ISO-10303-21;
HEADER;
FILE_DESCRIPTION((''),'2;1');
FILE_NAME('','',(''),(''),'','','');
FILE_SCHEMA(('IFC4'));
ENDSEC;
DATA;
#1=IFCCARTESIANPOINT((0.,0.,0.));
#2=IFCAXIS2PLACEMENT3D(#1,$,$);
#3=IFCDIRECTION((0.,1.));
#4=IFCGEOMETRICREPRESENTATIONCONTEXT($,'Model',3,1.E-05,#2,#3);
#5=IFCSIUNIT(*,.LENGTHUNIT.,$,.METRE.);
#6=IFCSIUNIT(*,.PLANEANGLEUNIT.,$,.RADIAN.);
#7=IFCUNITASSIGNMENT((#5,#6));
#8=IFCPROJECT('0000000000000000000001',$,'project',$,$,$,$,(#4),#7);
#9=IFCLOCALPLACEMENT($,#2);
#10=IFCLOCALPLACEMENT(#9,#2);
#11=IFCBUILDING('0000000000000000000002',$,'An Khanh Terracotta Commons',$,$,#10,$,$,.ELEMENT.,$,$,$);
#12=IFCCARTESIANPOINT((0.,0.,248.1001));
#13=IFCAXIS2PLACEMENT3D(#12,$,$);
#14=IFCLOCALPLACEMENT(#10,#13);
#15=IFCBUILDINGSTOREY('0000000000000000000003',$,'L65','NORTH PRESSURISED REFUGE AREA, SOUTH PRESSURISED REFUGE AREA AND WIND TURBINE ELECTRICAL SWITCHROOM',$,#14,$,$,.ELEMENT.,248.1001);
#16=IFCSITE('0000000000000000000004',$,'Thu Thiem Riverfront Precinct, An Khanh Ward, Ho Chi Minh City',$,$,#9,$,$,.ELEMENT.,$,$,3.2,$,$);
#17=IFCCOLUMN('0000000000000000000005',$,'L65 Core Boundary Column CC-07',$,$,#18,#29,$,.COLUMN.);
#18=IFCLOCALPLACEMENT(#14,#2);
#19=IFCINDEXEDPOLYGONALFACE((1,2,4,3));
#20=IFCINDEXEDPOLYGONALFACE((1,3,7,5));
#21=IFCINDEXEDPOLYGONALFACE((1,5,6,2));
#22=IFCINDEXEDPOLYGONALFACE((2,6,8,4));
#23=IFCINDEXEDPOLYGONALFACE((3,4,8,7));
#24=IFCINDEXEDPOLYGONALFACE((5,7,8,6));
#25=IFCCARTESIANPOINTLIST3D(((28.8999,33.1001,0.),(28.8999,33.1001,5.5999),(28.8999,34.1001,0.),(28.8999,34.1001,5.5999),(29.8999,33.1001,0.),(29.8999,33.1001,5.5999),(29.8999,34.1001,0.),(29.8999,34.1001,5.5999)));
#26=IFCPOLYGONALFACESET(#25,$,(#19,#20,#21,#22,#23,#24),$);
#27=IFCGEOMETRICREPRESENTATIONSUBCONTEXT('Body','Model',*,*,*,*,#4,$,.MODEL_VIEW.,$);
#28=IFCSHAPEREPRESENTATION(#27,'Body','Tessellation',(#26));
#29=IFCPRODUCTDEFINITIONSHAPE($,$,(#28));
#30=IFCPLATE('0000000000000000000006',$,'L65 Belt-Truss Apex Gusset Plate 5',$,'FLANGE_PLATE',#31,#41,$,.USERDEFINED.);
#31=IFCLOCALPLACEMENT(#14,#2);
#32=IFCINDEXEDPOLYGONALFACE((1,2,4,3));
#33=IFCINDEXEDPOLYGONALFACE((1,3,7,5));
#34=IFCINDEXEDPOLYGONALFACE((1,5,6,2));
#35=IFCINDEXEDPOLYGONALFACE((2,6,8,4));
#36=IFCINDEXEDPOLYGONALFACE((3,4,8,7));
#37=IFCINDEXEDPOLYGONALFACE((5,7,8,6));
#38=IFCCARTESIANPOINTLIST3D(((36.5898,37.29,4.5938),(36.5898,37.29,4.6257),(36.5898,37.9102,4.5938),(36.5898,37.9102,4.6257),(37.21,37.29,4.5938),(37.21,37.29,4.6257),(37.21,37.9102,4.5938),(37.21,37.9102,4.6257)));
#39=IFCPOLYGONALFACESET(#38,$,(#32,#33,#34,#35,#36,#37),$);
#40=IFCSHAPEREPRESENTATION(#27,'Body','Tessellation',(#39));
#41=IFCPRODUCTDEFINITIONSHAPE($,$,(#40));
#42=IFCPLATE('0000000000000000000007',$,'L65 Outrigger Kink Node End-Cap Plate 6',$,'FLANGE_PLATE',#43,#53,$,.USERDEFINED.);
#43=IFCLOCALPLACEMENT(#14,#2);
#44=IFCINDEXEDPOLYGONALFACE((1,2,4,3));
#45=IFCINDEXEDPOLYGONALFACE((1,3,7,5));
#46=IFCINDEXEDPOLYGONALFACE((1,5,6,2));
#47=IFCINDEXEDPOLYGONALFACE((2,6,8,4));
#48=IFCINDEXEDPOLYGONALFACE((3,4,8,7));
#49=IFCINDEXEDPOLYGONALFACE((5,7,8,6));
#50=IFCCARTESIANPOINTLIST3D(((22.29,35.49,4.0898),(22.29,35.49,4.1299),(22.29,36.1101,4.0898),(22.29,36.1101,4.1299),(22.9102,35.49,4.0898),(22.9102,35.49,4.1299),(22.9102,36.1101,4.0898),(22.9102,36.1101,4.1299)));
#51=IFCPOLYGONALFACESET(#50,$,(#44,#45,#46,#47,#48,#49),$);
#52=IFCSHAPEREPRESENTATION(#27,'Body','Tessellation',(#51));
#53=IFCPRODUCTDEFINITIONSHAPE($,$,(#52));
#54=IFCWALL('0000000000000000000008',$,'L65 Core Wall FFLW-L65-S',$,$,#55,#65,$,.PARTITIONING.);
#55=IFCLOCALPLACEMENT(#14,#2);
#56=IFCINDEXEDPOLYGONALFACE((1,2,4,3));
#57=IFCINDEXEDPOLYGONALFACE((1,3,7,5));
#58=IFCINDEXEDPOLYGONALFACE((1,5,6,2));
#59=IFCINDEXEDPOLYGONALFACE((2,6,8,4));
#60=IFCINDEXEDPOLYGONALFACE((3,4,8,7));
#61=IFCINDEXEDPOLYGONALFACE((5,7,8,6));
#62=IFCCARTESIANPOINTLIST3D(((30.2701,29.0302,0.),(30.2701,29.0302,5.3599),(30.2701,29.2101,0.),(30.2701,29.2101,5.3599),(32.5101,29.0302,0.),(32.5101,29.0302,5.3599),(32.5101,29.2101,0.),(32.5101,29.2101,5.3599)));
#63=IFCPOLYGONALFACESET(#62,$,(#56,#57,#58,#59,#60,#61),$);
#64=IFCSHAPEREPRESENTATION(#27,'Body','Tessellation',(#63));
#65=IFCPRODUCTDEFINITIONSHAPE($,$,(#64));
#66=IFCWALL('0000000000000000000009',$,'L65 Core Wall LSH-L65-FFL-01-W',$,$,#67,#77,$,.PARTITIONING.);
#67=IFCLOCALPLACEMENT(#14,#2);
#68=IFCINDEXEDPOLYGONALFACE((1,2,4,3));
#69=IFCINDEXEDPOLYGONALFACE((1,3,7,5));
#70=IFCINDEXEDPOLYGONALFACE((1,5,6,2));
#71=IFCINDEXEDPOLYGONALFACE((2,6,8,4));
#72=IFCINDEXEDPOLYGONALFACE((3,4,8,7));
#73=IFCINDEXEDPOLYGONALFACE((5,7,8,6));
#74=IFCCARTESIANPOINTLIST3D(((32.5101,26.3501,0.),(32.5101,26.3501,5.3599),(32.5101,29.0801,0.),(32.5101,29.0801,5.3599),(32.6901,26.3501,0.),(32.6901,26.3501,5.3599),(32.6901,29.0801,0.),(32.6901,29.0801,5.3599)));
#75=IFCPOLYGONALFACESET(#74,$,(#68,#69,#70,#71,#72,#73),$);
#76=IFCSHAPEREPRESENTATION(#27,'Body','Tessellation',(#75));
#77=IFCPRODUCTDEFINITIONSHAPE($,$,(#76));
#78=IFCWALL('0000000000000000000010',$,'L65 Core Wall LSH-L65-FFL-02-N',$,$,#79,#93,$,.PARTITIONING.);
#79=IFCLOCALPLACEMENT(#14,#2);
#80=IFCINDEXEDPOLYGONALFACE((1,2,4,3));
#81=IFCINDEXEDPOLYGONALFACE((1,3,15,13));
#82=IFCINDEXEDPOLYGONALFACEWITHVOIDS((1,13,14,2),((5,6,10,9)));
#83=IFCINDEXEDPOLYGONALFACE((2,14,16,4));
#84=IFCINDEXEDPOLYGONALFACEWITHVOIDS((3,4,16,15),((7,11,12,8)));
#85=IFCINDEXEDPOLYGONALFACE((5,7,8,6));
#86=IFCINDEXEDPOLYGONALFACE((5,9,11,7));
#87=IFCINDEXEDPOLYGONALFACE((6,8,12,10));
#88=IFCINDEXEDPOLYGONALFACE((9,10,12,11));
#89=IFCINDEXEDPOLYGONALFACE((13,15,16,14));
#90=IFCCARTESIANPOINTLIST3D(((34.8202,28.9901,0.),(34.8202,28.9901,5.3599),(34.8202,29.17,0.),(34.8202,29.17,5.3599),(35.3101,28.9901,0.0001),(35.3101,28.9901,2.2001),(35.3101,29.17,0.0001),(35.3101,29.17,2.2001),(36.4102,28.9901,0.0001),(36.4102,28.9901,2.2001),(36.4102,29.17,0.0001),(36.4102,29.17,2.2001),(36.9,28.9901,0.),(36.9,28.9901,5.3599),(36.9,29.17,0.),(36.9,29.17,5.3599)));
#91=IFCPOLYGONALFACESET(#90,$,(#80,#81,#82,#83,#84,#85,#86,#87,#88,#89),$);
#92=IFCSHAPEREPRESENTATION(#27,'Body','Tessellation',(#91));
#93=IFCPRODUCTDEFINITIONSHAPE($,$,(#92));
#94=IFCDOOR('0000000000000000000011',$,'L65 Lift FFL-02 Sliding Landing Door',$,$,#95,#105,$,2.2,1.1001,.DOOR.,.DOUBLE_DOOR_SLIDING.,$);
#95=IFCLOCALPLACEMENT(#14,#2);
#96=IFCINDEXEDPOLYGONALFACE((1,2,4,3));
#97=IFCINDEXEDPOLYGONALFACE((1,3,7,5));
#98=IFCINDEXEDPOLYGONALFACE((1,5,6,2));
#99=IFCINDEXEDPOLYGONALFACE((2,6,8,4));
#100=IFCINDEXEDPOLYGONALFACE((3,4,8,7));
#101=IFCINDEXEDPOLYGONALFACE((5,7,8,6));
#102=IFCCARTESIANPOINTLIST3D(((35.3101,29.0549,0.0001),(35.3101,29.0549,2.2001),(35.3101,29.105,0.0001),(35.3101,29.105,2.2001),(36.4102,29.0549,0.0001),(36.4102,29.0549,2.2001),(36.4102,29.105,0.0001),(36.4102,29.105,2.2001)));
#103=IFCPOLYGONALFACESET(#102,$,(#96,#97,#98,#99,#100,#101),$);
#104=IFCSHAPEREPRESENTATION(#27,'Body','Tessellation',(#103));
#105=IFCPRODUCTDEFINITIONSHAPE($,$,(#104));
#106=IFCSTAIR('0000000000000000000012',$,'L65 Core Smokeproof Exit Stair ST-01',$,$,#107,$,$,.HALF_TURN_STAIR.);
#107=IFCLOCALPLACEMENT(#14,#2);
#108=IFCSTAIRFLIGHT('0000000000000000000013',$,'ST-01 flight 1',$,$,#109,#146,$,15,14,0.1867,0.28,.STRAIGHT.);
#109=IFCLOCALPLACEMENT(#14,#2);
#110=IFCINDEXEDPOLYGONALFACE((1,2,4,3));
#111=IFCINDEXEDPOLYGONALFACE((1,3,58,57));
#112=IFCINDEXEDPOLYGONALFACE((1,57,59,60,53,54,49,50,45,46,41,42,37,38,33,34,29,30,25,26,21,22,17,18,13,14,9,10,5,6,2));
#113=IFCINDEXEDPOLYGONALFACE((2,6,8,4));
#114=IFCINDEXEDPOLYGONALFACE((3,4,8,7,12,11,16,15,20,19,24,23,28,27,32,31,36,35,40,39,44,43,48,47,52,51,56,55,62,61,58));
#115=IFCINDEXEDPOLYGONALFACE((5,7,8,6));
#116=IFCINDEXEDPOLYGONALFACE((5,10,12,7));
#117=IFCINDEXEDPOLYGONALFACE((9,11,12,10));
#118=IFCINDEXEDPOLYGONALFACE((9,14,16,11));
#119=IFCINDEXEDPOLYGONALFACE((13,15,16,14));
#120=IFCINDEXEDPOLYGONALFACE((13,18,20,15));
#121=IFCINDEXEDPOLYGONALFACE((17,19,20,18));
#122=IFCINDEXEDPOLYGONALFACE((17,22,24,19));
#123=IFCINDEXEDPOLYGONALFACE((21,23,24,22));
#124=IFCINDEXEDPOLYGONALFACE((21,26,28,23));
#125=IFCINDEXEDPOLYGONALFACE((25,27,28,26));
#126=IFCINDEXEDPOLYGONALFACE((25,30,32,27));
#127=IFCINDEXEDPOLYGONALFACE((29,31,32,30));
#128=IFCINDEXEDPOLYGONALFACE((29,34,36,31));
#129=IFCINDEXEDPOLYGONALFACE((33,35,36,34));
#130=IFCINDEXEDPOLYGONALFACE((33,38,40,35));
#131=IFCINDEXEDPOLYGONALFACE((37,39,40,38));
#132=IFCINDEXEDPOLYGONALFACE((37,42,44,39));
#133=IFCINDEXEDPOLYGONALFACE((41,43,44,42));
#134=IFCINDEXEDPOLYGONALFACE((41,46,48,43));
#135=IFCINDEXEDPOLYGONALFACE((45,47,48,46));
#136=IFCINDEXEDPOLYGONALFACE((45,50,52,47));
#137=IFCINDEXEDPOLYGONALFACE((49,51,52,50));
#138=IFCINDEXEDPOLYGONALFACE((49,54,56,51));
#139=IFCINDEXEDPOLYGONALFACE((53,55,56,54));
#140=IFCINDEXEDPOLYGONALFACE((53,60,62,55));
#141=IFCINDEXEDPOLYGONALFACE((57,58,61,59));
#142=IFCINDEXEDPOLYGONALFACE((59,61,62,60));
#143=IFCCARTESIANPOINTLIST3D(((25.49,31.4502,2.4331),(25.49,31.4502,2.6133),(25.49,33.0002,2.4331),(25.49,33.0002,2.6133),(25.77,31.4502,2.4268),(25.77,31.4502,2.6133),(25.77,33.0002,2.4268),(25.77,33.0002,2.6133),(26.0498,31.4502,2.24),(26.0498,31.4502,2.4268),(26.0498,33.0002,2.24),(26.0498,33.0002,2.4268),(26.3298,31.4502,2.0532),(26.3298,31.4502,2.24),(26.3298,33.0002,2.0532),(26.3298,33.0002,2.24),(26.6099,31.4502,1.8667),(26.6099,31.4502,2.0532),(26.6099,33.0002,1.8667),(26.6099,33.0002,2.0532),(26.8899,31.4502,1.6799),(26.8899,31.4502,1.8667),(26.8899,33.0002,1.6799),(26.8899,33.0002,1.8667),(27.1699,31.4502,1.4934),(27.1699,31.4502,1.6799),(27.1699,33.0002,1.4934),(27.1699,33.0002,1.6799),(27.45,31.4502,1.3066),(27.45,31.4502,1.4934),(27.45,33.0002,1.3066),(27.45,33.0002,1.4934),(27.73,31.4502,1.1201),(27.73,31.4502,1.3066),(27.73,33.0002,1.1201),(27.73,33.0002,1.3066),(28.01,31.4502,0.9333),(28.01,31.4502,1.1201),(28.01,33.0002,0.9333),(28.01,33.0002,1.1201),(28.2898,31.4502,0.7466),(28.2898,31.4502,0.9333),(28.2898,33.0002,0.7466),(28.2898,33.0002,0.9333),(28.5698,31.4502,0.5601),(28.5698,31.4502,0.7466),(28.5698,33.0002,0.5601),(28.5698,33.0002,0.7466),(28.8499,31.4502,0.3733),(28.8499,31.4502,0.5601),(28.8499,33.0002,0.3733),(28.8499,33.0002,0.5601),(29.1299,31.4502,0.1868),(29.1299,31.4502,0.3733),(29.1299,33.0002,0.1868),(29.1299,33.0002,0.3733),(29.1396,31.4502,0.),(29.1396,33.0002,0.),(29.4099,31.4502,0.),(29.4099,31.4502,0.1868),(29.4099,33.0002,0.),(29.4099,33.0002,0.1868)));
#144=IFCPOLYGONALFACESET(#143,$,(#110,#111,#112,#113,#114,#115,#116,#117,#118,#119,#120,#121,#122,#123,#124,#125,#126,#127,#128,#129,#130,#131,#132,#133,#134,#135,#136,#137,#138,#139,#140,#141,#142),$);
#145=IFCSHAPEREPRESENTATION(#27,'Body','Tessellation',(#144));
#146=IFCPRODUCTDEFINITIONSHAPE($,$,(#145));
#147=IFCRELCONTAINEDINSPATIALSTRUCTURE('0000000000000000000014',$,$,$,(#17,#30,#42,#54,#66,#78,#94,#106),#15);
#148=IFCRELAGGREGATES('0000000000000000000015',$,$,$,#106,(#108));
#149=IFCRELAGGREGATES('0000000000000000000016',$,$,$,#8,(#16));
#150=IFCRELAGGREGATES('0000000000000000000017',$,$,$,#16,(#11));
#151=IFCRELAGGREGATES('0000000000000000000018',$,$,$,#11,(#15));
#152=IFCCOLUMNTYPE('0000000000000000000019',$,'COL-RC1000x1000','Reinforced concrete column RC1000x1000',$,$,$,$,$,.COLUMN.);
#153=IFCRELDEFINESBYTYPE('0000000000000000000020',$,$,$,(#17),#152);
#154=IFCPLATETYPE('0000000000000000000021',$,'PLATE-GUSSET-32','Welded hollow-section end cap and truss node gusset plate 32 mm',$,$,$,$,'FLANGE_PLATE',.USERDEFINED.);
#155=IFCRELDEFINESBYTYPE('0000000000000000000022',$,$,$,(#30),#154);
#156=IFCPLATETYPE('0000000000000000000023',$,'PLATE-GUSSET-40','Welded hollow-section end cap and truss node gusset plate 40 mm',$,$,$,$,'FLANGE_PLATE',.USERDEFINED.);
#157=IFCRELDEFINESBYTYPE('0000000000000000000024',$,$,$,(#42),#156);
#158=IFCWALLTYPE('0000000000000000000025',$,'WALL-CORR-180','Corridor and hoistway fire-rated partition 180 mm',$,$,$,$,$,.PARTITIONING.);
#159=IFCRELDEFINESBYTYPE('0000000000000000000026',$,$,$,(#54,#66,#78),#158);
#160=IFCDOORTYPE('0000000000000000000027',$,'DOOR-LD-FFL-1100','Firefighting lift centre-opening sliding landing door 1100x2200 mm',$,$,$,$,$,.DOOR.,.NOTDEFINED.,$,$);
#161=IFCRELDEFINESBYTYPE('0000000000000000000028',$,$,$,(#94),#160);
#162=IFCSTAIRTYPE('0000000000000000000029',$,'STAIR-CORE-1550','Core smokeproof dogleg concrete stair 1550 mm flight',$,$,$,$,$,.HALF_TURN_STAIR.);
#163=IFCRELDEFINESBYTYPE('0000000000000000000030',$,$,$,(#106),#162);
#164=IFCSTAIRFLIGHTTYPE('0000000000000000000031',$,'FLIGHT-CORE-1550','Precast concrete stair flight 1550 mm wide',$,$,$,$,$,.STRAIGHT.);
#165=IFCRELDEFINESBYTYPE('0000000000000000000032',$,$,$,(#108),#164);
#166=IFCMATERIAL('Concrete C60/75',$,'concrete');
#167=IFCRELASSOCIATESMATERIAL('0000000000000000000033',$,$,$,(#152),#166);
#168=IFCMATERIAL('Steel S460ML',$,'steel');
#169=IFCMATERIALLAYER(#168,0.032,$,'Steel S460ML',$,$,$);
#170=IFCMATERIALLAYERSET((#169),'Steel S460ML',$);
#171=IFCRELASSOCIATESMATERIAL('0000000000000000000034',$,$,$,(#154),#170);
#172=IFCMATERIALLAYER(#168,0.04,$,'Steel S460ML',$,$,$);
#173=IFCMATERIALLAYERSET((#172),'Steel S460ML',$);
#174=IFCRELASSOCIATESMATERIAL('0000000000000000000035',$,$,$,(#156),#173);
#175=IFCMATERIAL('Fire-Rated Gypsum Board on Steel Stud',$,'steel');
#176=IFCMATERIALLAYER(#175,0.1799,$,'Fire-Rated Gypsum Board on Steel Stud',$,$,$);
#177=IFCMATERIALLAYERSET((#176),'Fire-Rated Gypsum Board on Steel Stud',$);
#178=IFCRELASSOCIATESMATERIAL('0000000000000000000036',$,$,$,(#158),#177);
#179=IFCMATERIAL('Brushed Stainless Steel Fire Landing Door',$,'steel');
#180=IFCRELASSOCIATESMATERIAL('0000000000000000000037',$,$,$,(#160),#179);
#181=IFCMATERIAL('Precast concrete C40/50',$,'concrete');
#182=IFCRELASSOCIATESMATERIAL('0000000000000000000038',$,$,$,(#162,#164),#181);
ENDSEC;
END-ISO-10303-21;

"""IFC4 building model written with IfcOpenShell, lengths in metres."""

from ifc_helpers import new_model, si_unit, direction, frame, frame_2d, origin, origin_2d, place, context, subcontext, project, spatial, polyline, rectangle, outline, extrude, material, layer, layer_set, material_profile, profile_set, type_object, element, fill, aggregate, save


model = new_model("IFC4")

# Units and contexts
model_context = context("Model", 3, precision=1e-05, world=origin(), true_north=direction((0.0, 1.0)))
body_context = subcontext(model_context, "Body", "Model", "MODEL_VIEW")
ifc_project = project(units=[si_unit("LENGTHUNIT", "METRE"), si_unit("PLANEANGLEUNIT", "RADIAN")], contexts=[model_context])

# Site, building, storey
site_placement = place(None, origin())
site = spatial("IfcSite", under=ifc_project, at=site_placement, Name="Thu Thiem Riverfront Precinct, An Khanh Ward, Ho Chi Minh City", CompositionType="ELEMENT", RefElevation=3.2)
building_placement = place(site_placement, origin())
building = spatial("IfcBuilding", under=site, at=building_placement, Name="An Khanh Terracotta Commons", CompositionType="ELEMENT")
storey_placement = place(building_placement, frame((0.0, 0.0, 248.1001)))
storey = spatial("IfcBuildingStorey", under=building, at=storey_placement, Name="L65", Description="NORTH PRESSURISED REFUGE AREA, SOUTH PRESSURISED REFUGE AREA AND WIND TURBINE ELECTRICAL SWITCHROOM", CompositionType="ELEMENT", Elevation=248.1001)

# Column
ifc_material_1 = material(Name="Concrete C60/75", Category="concrete")
ifc_material_profile = material_profile(ifc_material_1, rectangle(XDim=1.0, YDim=1.0, at=origin_2d()), Name="RC1000x1000")
ifc_profile_set = profile_set([ifc_material_profile], Name="Concrete C60/75")
column_type = type_object("IfcColumnType", Name="COL-RC1000x1000", Description="Reinforced concrete column RC1000x1000", PredefinedType="COLUMN", material=ifc_profile_set)
column_placement = place(storey_placement, frame((29.3999, 33.6001, 0.0), z_axis=(0.0, 0.0, 1.0), x_axis=(1.0, 0.0, 0.0)))
element("IfcColumn", 1, at=column_placement, inside=storey, type_object=column_type, Name="L65 Core Boundary Column CC-07", PredefinedType="COLUMN", context=body_context, shape_type="SweptSolid", body=[
    extrude(rectangle(XDim=1.0, YDim=1.0, at=origin_2d()), origin(), (0.0, 0.0, 1.0), 5.5999),
])

# Plates
ifc_material_2 = material(Name="Steel S460ML", Category="steel")
ifc_layer_1 = layer(ifc_material_2, 0.032, Name="Steel S460ML")
ifc_layer_set_1 = layer_set([ifc_layer_1], Name="Steel S460ML")
plate_type_1 = type_object("IfcPlateType", Name="PLATE-GUSSET-32", Description="Welded hollow-section end cap and truss node gusset plate 32 mm", ElementType="FLANGE_PLATE", PredefinedType="USERDEFINED", material=ifc_layer_set_1)
plate_1_placement = place(storey_placement, frame((36.8999, 37.6001, 4.5938), z_axis=(0.0, 0.0, 1.0), x_axis=(1.0, 0.0, 0.0)))
element("IfcPlate", 2, at=plate_1_placement, inside=storey, type_object=plate_type_1, Name="L65 Belt-Truss Apex Gusset Plate 5", ObjectType="FLANGE_PLATE", PredefinedType="USERDEFINED", context=body_context, shape_type="SweptSolid", body=[
    extrude(rectangle(XDim=0.6201, YDim=0.6201, at=origin_2d()), origin(), (0.0, 0.0, 1.0), 0.032),
])
ifc_layer_2 = layer(ifc_material_2, 0.04, Name="Steel S460ML")
ifc_layer_set_2 = layer_set([ifc_layer_2], Name="Steel S460ML")
plate_type_2 = type_object("IfcPlateType", Name="PLATE-GUSSET-40", Description="Welded hollow-section end cap and truss node gusset plate 40 mm", ElementType="FLANGE_PLATE", PredefinedType="USERDEFINED", material=ifc_layer_set_2)
plate_2_placement = place(storey_placement, frame((22.6001, 35.8, 4.0898), z_axis=(0.0, 0.0, 1.0), x_axis=(1.0, 0.0, 0.0)))
element("IfcPlate", 3, at=plate_2_placement, inside=storey, type_object=plate_type_2, Name="L65 Outrigger Kink Node End-Cap Plate 6", ObjectType="FLANGE_PLATE", PredefinedType="USERDEFINED", context=body_context, shape_type="SweptSolid", body=[
    extrude(rectangle(XDim=0.6201, YDim=0.6201, at=origin_2d()), origin(), (0.0, 0.0, 1.0), 0.04),
])

# Walls
ifc_material_3 = material(Name="Fire-Rated Gypsum Board on Steel Stud", Category="steel")
ifc_layer_3 = layer(ifc_material_3, 0.1799, Name="Fire-Rated Gypsum Board on Steel Stud")
ifc_layer_set_3 = layer_set([ifc_layer_3], Name="Fire-Rated Gypsum Board on Steel Stud")
wall_type_1 = type_object("IfcWallType", Name="WALL-CORR-180", Description="Corridor and hoistway fire-rated partition 180 mm", PredefinedType="PARTITIONING", material=ifc_layer_set_3)
wall_1_placement = place(storey_placement, frame((30.27, 29.1201, 0.0), z_axis=(0.0, 0.0, 1.0), x_axis=(1.0, 0.0, 0.0)))
element("IfcWall", 4, at=wall_1_placement, inside=storey, type_object=wall_type_1, Name="L65 Core Wall FFLW-L65-S", PredefinedType="PARTITIONING", context=body_context, shape_type="SweptSolid", body=[
    extrude(rectangle(XDim=2.24, YDim=0.1799, at=frame_2d((1.1201, 0.0))), origin(), (0.0, 0.0, 1.0), 5.3599),
])
wall_2_placement = place(storey_placement, frame((32.6001, 29.0801, 0.0), z_axis=(0.0, 0.0, 1.0), x_axis=(0.0, -1.0, 0.0)))
element("IfcWall", 5, at=wall_2_placement, inside=storey, type_object=wall_type_1, Name="L65 Core Wall LSH-L65-FFL-01-W", PredefinedType="PARTITIONING", context=body_context, shape_type="SweptSolid", body=[
    extrude(rectangle(XDim=2.73, YDim=0.1799, at=frame_2d((1.365, 0.0))), origin(), (0.0, 0.0, 1.0), 5.3599),
])

# Wall, opening, door
wall_3_placement = place(storey_placement, frame((34.8201, 29.0801, 0.0), z_axis=(0.0, 0.0, 1.0), x_axis=(1.0, 0.0, 0.0)))
wall_3 = element("IfcWall", 6, at=wall_3_placement, inside=storey, type_object=wall_type_1, Name="L65 Core Wall LSH-L65-FFL-02-N", PredefinedType="PARTITIONING", context=body_context, shape_type="SweptSolid", body=[
    extrude(rectangle(XDim=2.0798, YDim=0.1799, at=frame_2d((1.04, 0.0))), origin(), (0.0, 0.0, 1.0), 5.3599),
])
opening_1_placement = place(wall_3_placement, frame((0.49, 0.0, 0.0)))
opening_1 = element("IfcOpeningElement", 7, at=opening_1_placement, cuts=wall_3, PredefinedType="OPENING", context=body_context, shape_type="SweptSolid", body=[
    extrude(rectangle(XDim=1.1001, YDim=2.2, at=frame_2d((0.55, 1.1001))), frame((0.0, 0.0999, 0.0), z_axis=(0.0, -1.0, 0.0), x_axis=(1.0, 0.0, 0.0)), (0.0, 0.0, 1.0), 0.2),
])
ifc_material_4 = material(Name="Brushed Stainless Steel Fire Landing Door", Category="steel")
door_type_1 = type_object("IfcDoorType", Name="DOOR-LD-FFL-1100", Description="Firefighting lift centre-opening sliding landing door 1100x2200 mm", OperationType="NOTDEFINED", PredefinedType="DOOR", material=ifc_material_4)
door_1_placement = place(opening_1_placement, origin())
door_1 = element("IfcDoor", 8, at=door_1_placement, inside=storey, type_object=door_type_1, Name="L65 Lift FFL-02 Sliding Landing Door", OperationType="DOUBLE_DOOR_SLIDING", OverallHeight=2.2, OverallWidth=1.1001, PredefinedType="DOOR", context=body_context, shape_type="SweptSolid", body=[
    extrude(rectangle(XDim=1.1001, YDim=2.2, at=frame_2d((0.55, 1.1001))), frame((0.0, 0.0249, 0.0), z_axis=(0.0, -1.0, 0.0), x_axis=(1.0, 0.0, 0.0)), (0.0, 0.0, 1.0), 0.05),
])
fill(opening_1, door_1)

# Stair, stair flight
ifc_material_5 = material(Name="Precast concrete C40/50", Category="concrete")
stair_type = type_object("IfcStairType", Name="STAIR-CORE-1550", Description="Core smokeproof dogleg concrete stair 1550 mm flight", PredefinedType="HALF_TURN_STAIR", material=ifc_material_5)
stair_placement = place(storey_placement, origin())
stair = element("IfcStair", 9, at=stair_placement, inside=storey, type_object=stair_type, Name="L65 Core Smokeproof Exit Stair ST-01", PredefinedType="HALF_TURN_STAIR")
stair_flight_type = type_object("IfcStairFlightType", Name="FLIGHT-CORE-1550", Description="Precast concrete stair flight 1550 mm wide", PredefinedType="STRAIGHT", material=ifc_material_5)
stair_flight_1_placement = place(storey_placement, frame((29.4099, 32.2251, 0.0), z_axis=(0.0, 0.0, 1.0), x_axis=(-1.0, 0.0, 0.0)))
stair_flight_1 = element("IfcStairFlight", 10, at=stair_flight_1_placement, type_object=stair_flight_type, Name="ST-01 flight 1", NumberOfRisers=15, NumberOfTreads=14, PredefinedType="STRAIGHT", RiserHeight=0.1867, TreadLength=0.28, context=body_context, shape_type="SweptSolid", body=[
    extrude(outline(polyline([(0.0, 0.0), (0.0, 0.1868), (0.28, 0.1868), (0.28, 0.3733), (0.5601, 0.3733), (0.5601, 0.5601), (0.8401, 0.5601), (0.8401, 0.7466), (1.1201, 0.7466), (1.1201, 0.9333), (1.3999, 0.9333), (1.3999, 1.1201), (1.6799, 1.1201), (1.6799, 1.3066), (1.96, 1.3066), (1.96, 1.4934), (2.24, 1.4934), (2.24, 1.6799), (2.52, 1.6799), (2.52, 1.8667), (2.8, 1.8667), (2.8, 2.0532), (3.0801, 2.0532), (3.0801, 2.24), (3.3601, 2.24), (3.3601, 2.4268), (3.6399, 2.4268), (3.6399, 2.6133), (3.9199, 2.6133), (3.9199, 2.8), (3.9199, 2.4331), (0.2703, 0.0), (0.0, 0.0)])), frame((0.0, 0.7749, 0.0), z_axis=(0.0, -1.0, 0.0), x_axis=(1.0, 0.0, 0.0)), (0.0, 0.0, 1.0), 1.55),
])
aggregate(stair, [stair_flight_1])

save(model, "model.ifc")
